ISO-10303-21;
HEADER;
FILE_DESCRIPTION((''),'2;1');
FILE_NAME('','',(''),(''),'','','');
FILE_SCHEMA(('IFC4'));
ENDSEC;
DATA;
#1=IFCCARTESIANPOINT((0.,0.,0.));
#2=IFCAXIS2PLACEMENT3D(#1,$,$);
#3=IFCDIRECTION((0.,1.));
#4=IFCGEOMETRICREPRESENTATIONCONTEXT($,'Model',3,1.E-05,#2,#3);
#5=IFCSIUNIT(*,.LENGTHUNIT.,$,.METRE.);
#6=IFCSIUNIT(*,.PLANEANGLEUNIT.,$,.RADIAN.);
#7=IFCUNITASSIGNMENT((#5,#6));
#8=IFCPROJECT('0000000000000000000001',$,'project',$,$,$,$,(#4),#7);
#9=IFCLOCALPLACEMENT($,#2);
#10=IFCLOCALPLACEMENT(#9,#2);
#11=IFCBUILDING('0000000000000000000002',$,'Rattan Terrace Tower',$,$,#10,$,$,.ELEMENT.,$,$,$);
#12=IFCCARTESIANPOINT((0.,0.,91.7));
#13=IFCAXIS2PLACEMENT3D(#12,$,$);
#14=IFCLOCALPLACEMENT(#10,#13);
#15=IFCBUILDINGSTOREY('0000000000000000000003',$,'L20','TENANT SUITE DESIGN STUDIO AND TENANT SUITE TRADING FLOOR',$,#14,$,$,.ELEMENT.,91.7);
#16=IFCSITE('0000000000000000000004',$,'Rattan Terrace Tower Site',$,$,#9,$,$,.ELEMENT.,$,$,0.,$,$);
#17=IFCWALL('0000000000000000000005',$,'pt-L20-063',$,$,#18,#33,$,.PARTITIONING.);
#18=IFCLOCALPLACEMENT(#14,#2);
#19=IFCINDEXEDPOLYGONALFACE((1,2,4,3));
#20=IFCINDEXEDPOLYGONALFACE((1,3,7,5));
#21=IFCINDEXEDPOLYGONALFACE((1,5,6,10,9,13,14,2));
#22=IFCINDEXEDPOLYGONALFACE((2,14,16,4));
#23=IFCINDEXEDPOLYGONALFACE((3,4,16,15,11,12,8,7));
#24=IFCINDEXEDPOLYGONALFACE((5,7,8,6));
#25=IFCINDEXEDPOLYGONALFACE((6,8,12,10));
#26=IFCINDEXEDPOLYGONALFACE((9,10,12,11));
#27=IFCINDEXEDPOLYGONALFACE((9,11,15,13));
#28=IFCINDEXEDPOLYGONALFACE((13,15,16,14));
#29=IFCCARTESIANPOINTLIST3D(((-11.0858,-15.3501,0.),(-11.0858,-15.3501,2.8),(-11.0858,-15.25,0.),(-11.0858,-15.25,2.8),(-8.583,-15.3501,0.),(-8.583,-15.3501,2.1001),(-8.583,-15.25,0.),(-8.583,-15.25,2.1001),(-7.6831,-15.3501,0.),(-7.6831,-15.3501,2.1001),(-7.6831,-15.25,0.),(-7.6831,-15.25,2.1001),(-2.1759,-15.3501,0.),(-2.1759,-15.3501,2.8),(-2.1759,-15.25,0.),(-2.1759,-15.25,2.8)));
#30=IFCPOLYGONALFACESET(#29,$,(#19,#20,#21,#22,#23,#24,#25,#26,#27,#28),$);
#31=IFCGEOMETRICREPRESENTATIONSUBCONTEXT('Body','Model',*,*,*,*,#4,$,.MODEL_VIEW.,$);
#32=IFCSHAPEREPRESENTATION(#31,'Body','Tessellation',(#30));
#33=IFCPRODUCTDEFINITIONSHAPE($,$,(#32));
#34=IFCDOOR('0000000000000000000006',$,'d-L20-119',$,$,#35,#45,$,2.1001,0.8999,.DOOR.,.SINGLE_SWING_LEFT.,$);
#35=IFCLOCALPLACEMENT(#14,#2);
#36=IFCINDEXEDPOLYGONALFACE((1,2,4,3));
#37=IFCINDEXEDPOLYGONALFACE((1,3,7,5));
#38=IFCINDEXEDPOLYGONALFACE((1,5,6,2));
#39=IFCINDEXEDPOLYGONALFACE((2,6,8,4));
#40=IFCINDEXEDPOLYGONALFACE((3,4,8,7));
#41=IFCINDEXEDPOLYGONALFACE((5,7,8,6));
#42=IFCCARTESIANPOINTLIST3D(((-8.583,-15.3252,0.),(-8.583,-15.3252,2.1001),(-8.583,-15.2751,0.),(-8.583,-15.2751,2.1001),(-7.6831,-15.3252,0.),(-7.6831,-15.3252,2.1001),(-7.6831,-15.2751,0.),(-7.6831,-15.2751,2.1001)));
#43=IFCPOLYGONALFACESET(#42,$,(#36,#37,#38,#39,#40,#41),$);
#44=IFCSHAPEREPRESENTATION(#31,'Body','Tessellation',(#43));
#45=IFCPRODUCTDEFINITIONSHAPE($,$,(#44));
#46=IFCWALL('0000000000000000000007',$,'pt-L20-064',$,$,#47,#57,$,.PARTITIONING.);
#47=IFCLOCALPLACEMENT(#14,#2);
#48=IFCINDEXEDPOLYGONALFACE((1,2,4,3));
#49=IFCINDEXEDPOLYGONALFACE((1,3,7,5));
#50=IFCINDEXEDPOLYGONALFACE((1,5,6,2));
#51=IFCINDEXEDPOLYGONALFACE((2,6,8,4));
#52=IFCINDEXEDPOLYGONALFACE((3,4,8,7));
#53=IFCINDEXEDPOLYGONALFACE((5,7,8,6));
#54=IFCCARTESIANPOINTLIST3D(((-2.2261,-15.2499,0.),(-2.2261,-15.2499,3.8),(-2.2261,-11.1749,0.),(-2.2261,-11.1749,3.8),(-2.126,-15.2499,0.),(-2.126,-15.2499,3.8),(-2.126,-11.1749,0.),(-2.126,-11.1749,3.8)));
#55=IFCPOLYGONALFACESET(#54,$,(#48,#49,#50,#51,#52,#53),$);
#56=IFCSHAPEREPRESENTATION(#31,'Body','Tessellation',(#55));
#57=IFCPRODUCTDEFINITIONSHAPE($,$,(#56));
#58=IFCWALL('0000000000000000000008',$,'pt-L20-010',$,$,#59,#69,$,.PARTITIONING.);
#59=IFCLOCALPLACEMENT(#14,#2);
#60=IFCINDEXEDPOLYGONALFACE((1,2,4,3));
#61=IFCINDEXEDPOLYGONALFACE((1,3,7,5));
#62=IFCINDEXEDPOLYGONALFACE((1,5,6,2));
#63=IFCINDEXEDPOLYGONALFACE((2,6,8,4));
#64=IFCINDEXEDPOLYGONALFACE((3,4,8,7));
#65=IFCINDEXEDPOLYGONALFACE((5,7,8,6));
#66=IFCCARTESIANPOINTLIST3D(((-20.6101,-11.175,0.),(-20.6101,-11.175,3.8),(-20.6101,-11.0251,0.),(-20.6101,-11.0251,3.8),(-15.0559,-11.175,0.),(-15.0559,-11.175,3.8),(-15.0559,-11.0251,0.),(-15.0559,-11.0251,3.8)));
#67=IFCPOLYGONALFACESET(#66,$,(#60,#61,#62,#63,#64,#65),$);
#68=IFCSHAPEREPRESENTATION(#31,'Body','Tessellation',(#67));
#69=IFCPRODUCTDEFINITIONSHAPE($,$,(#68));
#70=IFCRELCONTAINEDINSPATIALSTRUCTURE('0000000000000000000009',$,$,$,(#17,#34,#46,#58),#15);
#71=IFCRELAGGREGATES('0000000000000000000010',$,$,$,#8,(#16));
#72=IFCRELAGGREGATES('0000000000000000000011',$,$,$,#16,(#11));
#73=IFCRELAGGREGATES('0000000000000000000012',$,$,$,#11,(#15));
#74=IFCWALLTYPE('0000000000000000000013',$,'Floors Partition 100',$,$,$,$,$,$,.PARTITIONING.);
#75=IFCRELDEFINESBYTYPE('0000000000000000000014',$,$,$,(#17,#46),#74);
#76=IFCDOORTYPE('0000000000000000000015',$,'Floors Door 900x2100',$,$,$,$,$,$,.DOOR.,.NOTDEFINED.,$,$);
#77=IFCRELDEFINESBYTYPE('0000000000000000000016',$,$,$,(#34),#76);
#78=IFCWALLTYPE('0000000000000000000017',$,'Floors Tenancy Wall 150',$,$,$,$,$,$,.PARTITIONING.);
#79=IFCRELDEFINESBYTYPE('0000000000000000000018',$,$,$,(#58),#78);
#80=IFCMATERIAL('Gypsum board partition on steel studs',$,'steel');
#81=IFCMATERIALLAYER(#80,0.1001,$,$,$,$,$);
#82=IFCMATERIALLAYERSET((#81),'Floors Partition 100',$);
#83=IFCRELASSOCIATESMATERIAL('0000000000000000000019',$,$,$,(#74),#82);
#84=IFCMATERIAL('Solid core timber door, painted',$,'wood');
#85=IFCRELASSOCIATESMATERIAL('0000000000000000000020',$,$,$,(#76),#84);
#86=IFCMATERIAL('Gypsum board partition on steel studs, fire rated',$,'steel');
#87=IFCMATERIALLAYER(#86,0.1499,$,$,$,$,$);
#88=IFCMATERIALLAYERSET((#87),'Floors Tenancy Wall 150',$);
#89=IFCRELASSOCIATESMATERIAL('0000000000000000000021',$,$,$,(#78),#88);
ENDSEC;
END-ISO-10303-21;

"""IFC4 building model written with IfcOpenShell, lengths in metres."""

from ifc_helpers import new_model, si_unit, direction, frame, frame_2d, origin, place, context, subcontext, project, spatial, rectangle, extrude, material, layer, layer_set, type_object, element, fill, save


model = new_model("IFC4")

# Units and contexts
model_context = context("Model", 3, precision=1e-05, world=origin(), true_north=direction((0.0, 1.0)))
body_context = subcontext(model_context, "Body", "Model", "MODEL_VIEW")
ifc_project = project(units=[si_unit("LENGTHUNIT", "METRE"), si_unit("PLANEANGLEUNIT", "RADIAN")], contexts=[model_context])

# Site, building, storey
site_placement = place(None, origin())
site = spatial("IfcSite", under=ifc_project, at=site_placement, Name="Rattan Terrace Tower Site", CompositionType="ELEMENT", RefElevation=0.0)
building_placement = place(site_placement, origin())
building = spatial("IfcBuilding", under=site, at=building_placement, Name="Rattan Terrace Tower", CompositionType="ELEMENT")
storey_placement = place(building_placement, frame((0.0, 0.0, 91.7)))
storey = spatial("IfcBuildingStorey", under=building, at=storey_placement, Name="L20", Description="TENANT SUITE DESIGN STUDIO AND TENANT SUITE TRADING FLOOR", CompositionType="ELEMENT", Elevation=91.7)

# Shared definitions
ifc_material_1 = material(Name="Gypsum board partition on steel studs", Category="steel")
ifc_layer_1 = layer(ifc_material_1, 0.1001)
ifc_layer_set_1 = layer_set([ifc_layer_1], Name="Floors Partition 100")
wall_type_1 = type_object("IfcWallType", Name="Floors Partition 100", PredefinedType="PARTITIONING", material=ifc_layer_set_1)
ifc_material_2 = material(Name="Solid core timber door, painted", Category="wood")
door_type = type_object("IfcDoorType", Name="Floors Door 900x2100", OperationType="NOTDEFINED", PredefinedType="DOOR", material=ifc_material_2)

# Wall, opening, door
wall_1_placement = place(storey_placement, frame((-11.0859, -15.3, 0.0), z_axis=(0.0, 0.0, 1.0), x_axis=(1.0, 0.0, 0.0)))
wall_1 = element("IfcWall", 1, at=wall_1_placement, inside=storey, type_object=wall_type_1, Name="pt-L20-063", PredefinedType="PARTITIONING", context=body_context, shape_type="SweptSolid", body=[
    extrude(rectangle(XDim=8.9099, YDim=0.1001, at=frame_2d((4.4551, 0.0))), origin(), (0.0, 0.0, 1.0), 2.8),
])
opening_1_placement = place(wall_1_placement, frame((2.5029, 0.0, 0.0)))
opening_1 = element("IfcOpeningElement", 2, at=opening_1_placement, cuts=wall_1, PredefinedType="OPENING", context=body_context, shape_type="SweptSolid", body=[
    extrude(rectangle(XDim=0.8999, YDim=2.1001, at=frame_2d((0.45, 1.05))), frame((0.0, 0.0605, 0.0), z_axis=(0.0, -1.0, 0.0), x_axis=(1.0, 0.0, 0.0)), (0.0, 0.0, 1.0), 0.1211),
])
door_1_placement = place(opening_1_placement, origin())
door_1 = element("IfcDoor", 3, at=door_1_placement, inside=storey, type_object=door_type, Name="d-L20-119", OperationType="SINGLE_SWING_LEFT", OverallHeight=2.1001, OverallWidth=0.8999, PredefinedType="DOOR", context=body_context, shape_type="SweptSolid", body=[
    extrude(rectangle(XDim=0.8999, YDim=2.1001, at=frame_2d((0.45, 1.05))), frame((0.0, 0.0249, 0.0), z_axis=(0.0, -1.0, 0.0), x_axis=(1.0, 0.0, 0.0)), (0.0, 0.0, 1.0), 0.05),
])
fill(opening_1, door_1)

# Walls
wall_2_placement = place(storey_placement, frame((-2.176, -15.25, 0.0), z_axis=(0.0, 0.0, 1.0), x_axis=(0.0, 1.0, 0.0)))
element("IfcWall", 4, at=wall_2_placement, inside=storey, type_object=wall_type_1, Name="pt-L20-064", PredefinedType="PARTITIONING", context=body_context, shape_type="SweptSolid", body=[
    extrude(rectangle(XDim=4.075, YDim=0.1001, at=frame_2d((2.0376, 0.0))), origin(), (0.0, 0.0, 1.0), 3.8),
])
ifc_material_3 = material(Name="Gypsum board partition on steel studs, fire rated", Category="steel")
ifc_layer_2 = layer(ifc_material_3, 0.1499)
ifc_layer_set_2 = layer_set([ifc_layer_2], Name="Floors Tenancy Wall 150")
wall_type_2 = type_object("IfcWallType", Name="Floors Tenancy Wall 150", PredefinedType="PARTITIONING", material=ifc_layer_set_2)
wall_3_placement = place(storey_placement, frame((-15.0559, -11.1001, 0.0), z_axis=(0.0, 0.0, 1.0), x_axis=(-1.0, 0.0, 0.0)))
element("IfcWall", 5, at=wall_3_placement, inside=storey, type_object=wall_type_2, Name="pt-L20-010", PredefinedType="PARTITIONING", context=body_context, shape_type="SweptSolid", body=[
    extrude(rectangle(XDim=5.5542, YDim=0.1499, at=frame_2d((2.7771, 0.0))), origin(), (0.0, 0.0, 1.0), 3.8),
])

save(model, "model.ifc")
